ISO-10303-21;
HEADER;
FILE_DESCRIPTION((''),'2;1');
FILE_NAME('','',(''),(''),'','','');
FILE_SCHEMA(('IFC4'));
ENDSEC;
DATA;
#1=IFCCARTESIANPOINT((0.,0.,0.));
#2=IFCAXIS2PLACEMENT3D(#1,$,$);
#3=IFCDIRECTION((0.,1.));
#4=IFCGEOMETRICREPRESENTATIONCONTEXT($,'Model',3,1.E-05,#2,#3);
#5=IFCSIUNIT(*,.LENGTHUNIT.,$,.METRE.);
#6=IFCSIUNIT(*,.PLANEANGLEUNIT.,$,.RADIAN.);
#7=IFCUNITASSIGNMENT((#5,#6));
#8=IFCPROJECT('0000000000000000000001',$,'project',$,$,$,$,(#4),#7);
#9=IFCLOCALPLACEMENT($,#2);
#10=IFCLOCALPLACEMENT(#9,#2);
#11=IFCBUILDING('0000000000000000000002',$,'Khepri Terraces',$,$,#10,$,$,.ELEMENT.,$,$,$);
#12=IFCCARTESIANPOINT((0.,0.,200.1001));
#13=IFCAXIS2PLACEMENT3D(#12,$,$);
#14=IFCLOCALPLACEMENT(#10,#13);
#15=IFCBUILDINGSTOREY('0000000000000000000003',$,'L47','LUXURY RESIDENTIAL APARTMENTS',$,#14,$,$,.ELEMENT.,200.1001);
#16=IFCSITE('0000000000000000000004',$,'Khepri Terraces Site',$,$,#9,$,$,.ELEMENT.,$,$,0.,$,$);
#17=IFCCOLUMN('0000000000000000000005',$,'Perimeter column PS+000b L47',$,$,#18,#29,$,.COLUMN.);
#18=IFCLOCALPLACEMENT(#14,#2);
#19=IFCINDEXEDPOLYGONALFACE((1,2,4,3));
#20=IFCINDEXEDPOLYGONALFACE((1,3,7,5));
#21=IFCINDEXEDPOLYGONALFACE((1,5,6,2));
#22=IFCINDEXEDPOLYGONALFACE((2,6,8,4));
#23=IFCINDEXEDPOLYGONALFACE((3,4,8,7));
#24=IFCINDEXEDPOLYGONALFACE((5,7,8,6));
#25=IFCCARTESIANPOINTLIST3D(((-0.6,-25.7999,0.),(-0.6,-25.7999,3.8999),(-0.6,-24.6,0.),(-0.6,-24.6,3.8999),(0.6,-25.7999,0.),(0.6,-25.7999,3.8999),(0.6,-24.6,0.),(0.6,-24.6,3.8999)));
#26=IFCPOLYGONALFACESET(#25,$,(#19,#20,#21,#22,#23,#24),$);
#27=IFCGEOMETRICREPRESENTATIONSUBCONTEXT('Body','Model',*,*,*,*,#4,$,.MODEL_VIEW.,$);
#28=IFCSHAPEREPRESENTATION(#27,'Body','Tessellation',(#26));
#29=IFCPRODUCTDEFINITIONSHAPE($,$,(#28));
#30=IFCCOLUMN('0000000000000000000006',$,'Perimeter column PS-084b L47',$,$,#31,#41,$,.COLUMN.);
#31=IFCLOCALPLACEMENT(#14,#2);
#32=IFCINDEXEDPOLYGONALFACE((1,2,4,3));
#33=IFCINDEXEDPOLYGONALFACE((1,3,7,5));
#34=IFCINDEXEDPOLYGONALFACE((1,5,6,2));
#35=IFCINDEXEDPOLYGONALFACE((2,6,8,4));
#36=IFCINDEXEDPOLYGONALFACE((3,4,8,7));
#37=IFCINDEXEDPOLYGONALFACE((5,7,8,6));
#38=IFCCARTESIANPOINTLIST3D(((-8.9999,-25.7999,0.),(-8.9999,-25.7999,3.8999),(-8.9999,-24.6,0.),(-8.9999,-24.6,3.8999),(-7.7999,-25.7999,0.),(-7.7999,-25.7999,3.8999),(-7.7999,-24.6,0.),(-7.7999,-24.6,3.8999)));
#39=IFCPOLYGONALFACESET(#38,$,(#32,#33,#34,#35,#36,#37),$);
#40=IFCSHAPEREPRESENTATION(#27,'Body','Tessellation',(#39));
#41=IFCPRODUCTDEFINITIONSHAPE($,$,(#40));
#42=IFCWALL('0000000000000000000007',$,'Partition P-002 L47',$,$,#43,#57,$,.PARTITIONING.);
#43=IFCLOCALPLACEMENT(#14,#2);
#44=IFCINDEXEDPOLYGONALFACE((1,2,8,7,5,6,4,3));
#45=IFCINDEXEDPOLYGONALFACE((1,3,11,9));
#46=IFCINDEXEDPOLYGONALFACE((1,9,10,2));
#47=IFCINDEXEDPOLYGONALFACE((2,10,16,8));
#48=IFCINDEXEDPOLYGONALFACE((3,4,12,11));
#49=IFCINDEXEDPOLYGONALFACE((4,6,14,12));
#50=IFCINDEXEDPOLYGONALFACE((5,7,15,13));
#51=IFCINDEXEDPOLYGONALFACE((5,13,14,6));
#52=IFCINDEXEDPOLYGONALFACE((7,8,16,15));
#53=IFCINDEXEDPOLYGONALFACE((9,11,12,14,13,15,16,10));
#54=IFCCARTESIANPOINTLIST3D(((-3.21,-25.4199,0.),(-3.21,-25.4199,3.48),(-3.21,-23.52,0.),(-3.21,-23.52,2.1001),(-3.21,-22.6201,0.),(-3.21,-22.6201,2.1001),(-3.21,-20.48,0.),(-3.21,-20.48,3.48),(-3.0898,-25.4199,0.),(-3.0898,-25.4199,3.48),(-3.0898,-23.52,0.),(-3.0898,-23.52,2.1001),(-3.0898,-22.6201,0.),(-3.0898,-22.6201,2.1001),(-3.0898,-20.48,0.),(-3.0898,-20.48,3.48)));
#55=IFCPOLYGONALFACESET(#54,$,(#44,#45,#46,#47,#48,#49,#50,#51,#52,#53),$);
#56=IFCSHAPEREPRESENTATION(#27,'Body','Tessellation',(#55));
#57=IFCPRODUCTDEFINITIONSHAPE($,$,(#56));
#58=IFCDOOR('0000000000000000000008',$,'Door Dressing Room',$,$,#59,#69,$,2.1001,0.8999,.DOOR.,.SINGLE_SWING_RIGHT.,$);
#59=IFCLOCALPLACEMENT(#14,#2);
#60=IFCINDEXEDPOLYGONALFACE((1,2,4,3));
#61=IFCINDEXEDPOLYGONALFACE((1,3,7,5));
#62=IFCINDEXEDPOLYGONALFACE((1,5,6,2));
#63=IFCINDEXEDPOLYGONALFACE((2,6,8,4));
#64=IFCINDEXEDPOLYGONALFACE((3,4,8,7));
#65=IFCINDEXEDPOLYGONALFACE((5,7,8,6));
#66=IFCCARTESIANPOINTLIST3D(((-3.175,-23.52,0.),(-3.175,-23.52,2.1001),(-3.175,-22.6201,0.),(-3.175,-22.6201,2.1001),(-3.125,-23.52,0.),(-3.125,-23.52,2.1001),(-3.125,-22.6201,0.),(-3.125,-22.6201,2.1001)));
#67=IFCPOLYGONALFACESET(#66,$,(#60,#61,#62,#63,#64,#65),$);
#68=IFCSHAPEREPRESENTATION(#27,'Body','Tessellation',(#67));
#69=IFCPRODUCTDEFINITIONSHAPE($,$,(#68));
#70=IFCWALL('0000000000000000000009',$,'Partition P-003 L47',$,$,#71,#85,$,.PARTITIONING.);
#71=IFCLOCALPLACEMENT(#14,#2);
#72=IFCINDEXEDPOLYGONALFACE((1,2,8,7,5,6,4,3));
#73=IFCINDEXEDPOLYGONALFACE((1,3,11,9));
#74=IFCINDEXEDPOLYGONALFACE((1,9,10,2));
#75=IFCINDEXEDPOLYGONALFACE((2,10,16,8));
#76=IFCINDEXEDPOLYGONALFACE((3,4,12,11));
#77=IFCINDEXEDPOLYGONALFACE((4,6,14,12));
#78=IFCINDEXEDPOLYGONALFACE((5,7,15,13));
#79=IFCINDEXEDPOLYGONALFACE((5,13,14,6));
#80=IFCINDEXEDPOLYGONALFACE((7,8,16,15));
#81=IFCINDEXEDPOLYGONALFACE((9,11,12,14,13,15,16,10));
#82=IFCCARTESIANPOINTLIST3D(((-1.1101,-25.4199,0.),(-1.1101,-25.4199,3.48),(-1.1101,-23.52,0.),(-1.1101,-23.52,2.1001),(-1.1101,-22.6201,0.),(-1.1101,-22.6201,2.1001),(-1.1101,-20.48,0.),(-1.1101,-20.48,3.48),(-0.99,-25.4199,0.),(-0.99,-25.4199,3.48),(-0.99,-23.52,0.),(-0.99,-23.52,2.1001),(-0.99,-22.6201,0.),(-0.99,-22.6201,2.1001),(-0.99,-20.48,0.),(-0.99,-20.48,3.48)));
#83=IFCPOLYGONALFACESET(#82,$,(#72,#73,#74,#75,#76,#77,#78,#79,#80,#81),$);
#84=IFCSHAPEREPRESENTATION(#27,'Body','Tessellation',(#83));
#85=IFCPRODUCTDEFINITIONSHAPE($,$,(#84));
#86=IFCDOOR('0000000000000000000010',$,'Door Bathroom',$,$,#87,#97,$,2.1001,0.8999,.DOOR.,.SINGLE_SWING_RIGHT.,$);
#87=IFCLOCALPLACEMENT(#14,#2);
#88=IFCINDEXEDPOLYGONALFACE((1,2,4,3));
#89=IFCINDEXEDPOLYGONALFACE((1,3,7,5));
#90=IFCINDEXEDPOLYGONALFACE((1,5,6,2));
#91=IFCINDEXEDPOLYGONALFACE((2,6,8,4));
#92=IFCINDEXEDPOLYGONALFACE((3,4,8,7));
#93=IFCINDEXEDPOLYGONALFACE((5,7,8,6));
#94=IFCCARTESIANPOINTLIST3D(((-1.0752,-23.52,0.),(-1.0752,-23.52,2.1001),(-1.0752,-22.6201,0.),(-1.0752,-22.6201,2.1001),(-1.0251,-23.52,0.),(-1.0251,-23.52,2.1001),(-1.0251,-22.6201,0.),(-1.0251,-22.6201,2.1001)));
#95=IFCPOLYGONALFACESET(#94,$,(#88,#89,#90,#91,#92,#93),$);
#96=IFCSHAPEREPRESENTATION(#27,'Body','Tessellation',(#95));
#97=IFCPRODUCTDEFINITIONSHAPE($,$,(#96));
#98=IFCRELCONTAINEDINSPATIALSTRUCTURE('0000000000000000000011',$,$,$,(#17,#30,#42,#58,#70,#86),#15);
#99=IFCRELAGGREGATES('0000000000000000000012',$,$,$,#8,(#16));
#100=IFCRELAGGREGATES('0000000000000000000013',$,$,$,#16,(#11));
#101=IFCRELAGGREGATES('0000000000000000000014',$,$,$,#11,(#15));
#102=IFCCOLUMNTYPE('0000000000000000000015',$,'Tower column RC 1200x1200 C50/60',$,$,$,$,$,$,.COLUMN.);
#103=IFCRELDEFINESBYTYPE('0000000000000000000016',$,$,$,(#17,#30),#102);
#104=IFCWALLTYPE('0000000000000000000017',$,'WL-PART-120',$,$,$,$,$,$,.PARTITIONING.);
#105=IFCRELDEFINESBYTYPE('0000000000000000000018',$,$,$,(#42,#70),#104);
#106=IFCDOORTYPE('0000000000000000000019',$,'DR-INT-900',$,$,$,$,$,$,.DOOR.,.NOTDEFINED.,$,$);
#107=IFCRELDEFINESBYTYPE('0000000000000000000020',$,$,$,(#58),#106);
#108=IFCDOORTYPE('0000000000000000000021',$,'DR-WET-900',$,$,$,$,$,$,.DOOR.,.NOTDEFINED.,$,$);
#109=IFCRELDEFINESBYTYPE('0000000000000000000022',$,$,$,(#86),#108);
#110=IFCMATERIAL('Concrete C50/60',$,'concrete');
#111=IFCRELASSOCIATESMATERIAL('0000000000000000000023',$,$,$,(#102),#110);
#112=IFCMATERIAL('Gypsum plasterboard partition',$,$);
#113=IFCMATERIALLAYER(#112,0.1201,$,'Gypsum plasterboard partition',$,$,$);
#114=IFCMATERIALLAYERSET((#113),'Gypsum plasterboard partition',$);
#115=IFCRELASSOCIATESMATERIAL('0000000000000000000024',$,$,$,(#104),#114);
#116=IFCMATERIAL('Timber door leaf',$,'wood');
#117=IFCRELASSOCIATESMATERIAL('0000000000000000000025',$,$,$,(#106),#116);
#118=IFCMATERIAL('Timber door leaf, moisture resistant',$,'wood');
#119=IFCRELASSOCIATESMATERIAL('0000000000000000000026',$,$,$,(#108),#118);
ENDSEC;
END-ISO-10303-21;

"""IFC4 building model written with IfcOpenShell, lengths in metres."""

from ifc_helpers import new_model, si_unit, direction, frame, frame_2d, origin, origin_2d, place, context, subcontext, project, spatial, rectangle, extrude, material, layer, layer_set, material_profile, profile_set, type_object, element, fill, save


model = new_model("IFC4")

# Units and contexts
model_context = context("Model", 3, precision=1e-05, world=origin(), true_north=direction((0.0, 1.0)))
body_context = subcontext(model_context, "Body", "Model", "MODEL_VIEW")
ifc_project = project(units=[si_unit("LENGTHUNIT", "METRE"), si_unit("PLANEANGLEUNIT", "RADIAN")], contexts=[model_context])

# Site, building, storey
site_placement = place(None, origin())
site = spatial("IfcSite", under=ifc_project, at=site_placement, Name="Khepri Terraces Site", CompositionType="ELEMENT", RefElevation=0.0)
building_placement = place(site_placement, origin())
building = spatial("IfcBuilding", under=site, at=building_placement, Name="Khepri Terraces", CompositionType="ELEMENT")
storey_placement = place(building_placement, frame((0.0, 0.0, 200.1001)))
storey = spatial("IfcBuildingStorey", under=building, at=storey_placement, Name="L47", Description="LUXURY RESIDENTIAL APARTMENTS", CompositionType="ELEMENT", Elevation=200.1001)

# Columns
ifc_material_1 = material(Name="Concrete C50/60", Category="concrete")
ifc_material_profile = material_profile(ifc_material_1, rectangle(XDim=1.2, YDim=1.2, at=origin_2d()), Name="Concrete C50/60", Category="concrete")
ifc_profile_set = profile_set([ifc_material_profile], Name="Concrete C50/60")
column_type = type_object("IfcColumnType", Name="Tower column RC 1200x1200 C50/60", PredefinedType="COLUMN", material=ifc_profile_set)
for number, where, z_axis, x_axis, name in (
    (1, (0.0, -25.2, 0.0), (0.0, 0.0, 1.0), (1.0, 0.0, 0.0), "Perimeter column PS+000b L47"),
    (2, (-8.3999, -25.2, 0.0), (0.0, 0.0, 1.0), (1.0, 0.0, 0.0), "Perimeter column PS-084b L47"),
):
    element("IfcColumn", number, at=place(storey_placement, frame(where, z_axis=z_axis, x_axis=x_axis)), inside=storey, type_object=column_type, Name=name, PredefinedType="COLUMN", context=body_context, shape_type="SweptSolid", body=[
        extrude(rectangle(XDim=1.2, YDim=1.2, at=origin_2d()), origin(), (0.0, 0.0, 1.0), 3.8999),
    ])

# Walls, openings, doors
ifc_material_2 = material(Name="Gypsum plasterboard partition")
ifc_layer_1 = layer(ifc_material_2, 0.1201, Name="Gypsum plasterboard partition")
ifc_layer_set_1 = layer_set([ifc_layer_1], Name="Gypsum plasterboard partition")
wall_type_1 = type_object("IfcWallType", Name="WL-PART-120", PredefinedType="PARTITIONING", material=ifc_layer_set_1)
wall_1_placement = place(storey_placement, frame((-3.1499, -25.4199, 0.0), z_axis=(0.0, 0.0, 1.0), x_axis=(0.0, 1.0, 0.0)))
wall_1 = element("IfcWall", 3, at=wall_1_placement, inside=storey, type_object=wall_type_1, Name="Partition P-002 L47", PredefinedType="PARTITIONING", context=body_context, shape_type="SweptSolid", body=[
    extrude(rectangle(XDim=4.9399, YDim=0.1201, at=frame_2d((2.47, 0.0))), origin(), (0.0, 0.0, 1.0), 3.48),
])
opening_1_placement = place(wall_1_placement, frame((1.8999, 0.0, 0.0)))
opening_1 = element("IfcOpeningElement", 4, at=opening_1_placement, cuts=wall_1, PredefinedType="OPENING", context=body_context, shape_type="SweptSolid", body=[
    extrude(rectangle(XDim=0.8999, YDim=2.1001, at=frame_2d((0.45, 1.05))), frame((0.0, 0.0701, 0.0), z_axis=(0.0, -1.0, 0.0), x_axis=(1.0, 0.0, 0.0)), (0.0, 0.0, 1.0), 0.1401),
])
ifc_material_3 = material(Name="Timber door leaf", Category="wood")
door_type_1 = type_object("IfcDoorType", Name="DR-INT-900", OperationType="NOTDEFINED", PredefinedType="DOOR", material=ifc_material_3)
door_1_placement = place(opening_1_placement, frame((0.8999, 0.0, 0.0), z_axis=(0.0, 0.0, 1.0), x_axis=(-1.0, 0.0, 0.0)))
door_1 = element("IfcDoor", 5, at=door_1_placement, inside=storey, type_object=door_type_1, Name="Door Dressing Room", OperationType="SINGLE_SWING_RIGHT", OverallHeight=2.1001, OverallWidth=0.8999, PredefinedType="DOOR", context=body_context, shape_type="SweptSolid", body=[
    extrude(rectangle(XDim=0.8999, YDim=2.1001, at=frame_2d((0.45, 1.05))), frame((0.0, 0.0249, 0.0), z_axis=(0.0, -1.0, 0.0), x_axis=(1.0, 0.0, 0.0)), (0.0, 0.0, 1.0), 0.05),
])
fill(opening_1, door_1)
wall_2_placement = place(storey_placement, frame((-1.05, -25.4199, 0.0), z_axis=(0.0, 0.0, 1.0), x_axis=(0.0, 1.0, 0.0)))
wall_2 = element("IfcWall", 6, at=wall_2_placement, inside=storey, type_object=wall_type_1, Name="Partition P-003 L47", PredefinedType="PARTITIONING", context=body_context, shape_type="SweptSolid", body=[
    extrude(rectangle(XDim=4.9399, YDim=0.1201, at=frame_2d((2.47, 0.0))), origin(), (0.0, 0.0, 1.0), 3.48),
])
opening_2_placement = place(wall_2_placement, frame((1.8999, 0.0, 0.0)))
opening_2 = element("IfcOpeningElement", 7, at=opening_2_placement, cuts=wall_2, PredefinedType="OPENING", context=body_context, shape_type="SweptSolid", body=[
    extrude(rectangle(XDim=0.8999, YDim=2.1001, at=frame_2d((0.45, 1.05))), frame((0.0, 0.0701, 0.0), z_axis=(0.0, -1.0, 0.0), x_axis=(1.0, 0.0, 0.0)), (0.0, 0.0, 1.0), 0.1401),
])
ifc_material_4 = material(Name="Timber door leaf, moisture resistant", Category="wood")
door_type_2 = type_object("IfcDoorType", Name="DR-WET-900", OperationType="NOTDEFINED", PredefinedType="DOOR", material=ifc_material_4)
door_2_placement = place(opening_2_placement, frame((0.8999, 0.0, 0.0), z_axis=(0.0, 0.0, 1.0), x_axis=(-1.0, 0.0, 0.0)))
door_2 = element("IfcDoor", 8, at=door_2_placement, inside=storey, type_object=door_type_2, Name="Door Bathroom", OperationType="SINGLE_SWING_RIGHT", OverallHeight=2.1001, OverallWidth=0.8999, PredefinedType="DOOR", context=body_context, shape_type="SweptSolid", body=[
    extrude(rectangle(XDim=0.8999, YDim=2.1001, at=frame_2d((0.45, 1.05))), frame((0.0, 0.0249, 0.0), z_axis=(0.0, -1.0, 0.0), x_axis=(1.0, 0.0, 0.0)), (0.0, 0.0, 1.0), 0.05),
])
fill(opening_2, door_2)

save(model, "model.ifc")
